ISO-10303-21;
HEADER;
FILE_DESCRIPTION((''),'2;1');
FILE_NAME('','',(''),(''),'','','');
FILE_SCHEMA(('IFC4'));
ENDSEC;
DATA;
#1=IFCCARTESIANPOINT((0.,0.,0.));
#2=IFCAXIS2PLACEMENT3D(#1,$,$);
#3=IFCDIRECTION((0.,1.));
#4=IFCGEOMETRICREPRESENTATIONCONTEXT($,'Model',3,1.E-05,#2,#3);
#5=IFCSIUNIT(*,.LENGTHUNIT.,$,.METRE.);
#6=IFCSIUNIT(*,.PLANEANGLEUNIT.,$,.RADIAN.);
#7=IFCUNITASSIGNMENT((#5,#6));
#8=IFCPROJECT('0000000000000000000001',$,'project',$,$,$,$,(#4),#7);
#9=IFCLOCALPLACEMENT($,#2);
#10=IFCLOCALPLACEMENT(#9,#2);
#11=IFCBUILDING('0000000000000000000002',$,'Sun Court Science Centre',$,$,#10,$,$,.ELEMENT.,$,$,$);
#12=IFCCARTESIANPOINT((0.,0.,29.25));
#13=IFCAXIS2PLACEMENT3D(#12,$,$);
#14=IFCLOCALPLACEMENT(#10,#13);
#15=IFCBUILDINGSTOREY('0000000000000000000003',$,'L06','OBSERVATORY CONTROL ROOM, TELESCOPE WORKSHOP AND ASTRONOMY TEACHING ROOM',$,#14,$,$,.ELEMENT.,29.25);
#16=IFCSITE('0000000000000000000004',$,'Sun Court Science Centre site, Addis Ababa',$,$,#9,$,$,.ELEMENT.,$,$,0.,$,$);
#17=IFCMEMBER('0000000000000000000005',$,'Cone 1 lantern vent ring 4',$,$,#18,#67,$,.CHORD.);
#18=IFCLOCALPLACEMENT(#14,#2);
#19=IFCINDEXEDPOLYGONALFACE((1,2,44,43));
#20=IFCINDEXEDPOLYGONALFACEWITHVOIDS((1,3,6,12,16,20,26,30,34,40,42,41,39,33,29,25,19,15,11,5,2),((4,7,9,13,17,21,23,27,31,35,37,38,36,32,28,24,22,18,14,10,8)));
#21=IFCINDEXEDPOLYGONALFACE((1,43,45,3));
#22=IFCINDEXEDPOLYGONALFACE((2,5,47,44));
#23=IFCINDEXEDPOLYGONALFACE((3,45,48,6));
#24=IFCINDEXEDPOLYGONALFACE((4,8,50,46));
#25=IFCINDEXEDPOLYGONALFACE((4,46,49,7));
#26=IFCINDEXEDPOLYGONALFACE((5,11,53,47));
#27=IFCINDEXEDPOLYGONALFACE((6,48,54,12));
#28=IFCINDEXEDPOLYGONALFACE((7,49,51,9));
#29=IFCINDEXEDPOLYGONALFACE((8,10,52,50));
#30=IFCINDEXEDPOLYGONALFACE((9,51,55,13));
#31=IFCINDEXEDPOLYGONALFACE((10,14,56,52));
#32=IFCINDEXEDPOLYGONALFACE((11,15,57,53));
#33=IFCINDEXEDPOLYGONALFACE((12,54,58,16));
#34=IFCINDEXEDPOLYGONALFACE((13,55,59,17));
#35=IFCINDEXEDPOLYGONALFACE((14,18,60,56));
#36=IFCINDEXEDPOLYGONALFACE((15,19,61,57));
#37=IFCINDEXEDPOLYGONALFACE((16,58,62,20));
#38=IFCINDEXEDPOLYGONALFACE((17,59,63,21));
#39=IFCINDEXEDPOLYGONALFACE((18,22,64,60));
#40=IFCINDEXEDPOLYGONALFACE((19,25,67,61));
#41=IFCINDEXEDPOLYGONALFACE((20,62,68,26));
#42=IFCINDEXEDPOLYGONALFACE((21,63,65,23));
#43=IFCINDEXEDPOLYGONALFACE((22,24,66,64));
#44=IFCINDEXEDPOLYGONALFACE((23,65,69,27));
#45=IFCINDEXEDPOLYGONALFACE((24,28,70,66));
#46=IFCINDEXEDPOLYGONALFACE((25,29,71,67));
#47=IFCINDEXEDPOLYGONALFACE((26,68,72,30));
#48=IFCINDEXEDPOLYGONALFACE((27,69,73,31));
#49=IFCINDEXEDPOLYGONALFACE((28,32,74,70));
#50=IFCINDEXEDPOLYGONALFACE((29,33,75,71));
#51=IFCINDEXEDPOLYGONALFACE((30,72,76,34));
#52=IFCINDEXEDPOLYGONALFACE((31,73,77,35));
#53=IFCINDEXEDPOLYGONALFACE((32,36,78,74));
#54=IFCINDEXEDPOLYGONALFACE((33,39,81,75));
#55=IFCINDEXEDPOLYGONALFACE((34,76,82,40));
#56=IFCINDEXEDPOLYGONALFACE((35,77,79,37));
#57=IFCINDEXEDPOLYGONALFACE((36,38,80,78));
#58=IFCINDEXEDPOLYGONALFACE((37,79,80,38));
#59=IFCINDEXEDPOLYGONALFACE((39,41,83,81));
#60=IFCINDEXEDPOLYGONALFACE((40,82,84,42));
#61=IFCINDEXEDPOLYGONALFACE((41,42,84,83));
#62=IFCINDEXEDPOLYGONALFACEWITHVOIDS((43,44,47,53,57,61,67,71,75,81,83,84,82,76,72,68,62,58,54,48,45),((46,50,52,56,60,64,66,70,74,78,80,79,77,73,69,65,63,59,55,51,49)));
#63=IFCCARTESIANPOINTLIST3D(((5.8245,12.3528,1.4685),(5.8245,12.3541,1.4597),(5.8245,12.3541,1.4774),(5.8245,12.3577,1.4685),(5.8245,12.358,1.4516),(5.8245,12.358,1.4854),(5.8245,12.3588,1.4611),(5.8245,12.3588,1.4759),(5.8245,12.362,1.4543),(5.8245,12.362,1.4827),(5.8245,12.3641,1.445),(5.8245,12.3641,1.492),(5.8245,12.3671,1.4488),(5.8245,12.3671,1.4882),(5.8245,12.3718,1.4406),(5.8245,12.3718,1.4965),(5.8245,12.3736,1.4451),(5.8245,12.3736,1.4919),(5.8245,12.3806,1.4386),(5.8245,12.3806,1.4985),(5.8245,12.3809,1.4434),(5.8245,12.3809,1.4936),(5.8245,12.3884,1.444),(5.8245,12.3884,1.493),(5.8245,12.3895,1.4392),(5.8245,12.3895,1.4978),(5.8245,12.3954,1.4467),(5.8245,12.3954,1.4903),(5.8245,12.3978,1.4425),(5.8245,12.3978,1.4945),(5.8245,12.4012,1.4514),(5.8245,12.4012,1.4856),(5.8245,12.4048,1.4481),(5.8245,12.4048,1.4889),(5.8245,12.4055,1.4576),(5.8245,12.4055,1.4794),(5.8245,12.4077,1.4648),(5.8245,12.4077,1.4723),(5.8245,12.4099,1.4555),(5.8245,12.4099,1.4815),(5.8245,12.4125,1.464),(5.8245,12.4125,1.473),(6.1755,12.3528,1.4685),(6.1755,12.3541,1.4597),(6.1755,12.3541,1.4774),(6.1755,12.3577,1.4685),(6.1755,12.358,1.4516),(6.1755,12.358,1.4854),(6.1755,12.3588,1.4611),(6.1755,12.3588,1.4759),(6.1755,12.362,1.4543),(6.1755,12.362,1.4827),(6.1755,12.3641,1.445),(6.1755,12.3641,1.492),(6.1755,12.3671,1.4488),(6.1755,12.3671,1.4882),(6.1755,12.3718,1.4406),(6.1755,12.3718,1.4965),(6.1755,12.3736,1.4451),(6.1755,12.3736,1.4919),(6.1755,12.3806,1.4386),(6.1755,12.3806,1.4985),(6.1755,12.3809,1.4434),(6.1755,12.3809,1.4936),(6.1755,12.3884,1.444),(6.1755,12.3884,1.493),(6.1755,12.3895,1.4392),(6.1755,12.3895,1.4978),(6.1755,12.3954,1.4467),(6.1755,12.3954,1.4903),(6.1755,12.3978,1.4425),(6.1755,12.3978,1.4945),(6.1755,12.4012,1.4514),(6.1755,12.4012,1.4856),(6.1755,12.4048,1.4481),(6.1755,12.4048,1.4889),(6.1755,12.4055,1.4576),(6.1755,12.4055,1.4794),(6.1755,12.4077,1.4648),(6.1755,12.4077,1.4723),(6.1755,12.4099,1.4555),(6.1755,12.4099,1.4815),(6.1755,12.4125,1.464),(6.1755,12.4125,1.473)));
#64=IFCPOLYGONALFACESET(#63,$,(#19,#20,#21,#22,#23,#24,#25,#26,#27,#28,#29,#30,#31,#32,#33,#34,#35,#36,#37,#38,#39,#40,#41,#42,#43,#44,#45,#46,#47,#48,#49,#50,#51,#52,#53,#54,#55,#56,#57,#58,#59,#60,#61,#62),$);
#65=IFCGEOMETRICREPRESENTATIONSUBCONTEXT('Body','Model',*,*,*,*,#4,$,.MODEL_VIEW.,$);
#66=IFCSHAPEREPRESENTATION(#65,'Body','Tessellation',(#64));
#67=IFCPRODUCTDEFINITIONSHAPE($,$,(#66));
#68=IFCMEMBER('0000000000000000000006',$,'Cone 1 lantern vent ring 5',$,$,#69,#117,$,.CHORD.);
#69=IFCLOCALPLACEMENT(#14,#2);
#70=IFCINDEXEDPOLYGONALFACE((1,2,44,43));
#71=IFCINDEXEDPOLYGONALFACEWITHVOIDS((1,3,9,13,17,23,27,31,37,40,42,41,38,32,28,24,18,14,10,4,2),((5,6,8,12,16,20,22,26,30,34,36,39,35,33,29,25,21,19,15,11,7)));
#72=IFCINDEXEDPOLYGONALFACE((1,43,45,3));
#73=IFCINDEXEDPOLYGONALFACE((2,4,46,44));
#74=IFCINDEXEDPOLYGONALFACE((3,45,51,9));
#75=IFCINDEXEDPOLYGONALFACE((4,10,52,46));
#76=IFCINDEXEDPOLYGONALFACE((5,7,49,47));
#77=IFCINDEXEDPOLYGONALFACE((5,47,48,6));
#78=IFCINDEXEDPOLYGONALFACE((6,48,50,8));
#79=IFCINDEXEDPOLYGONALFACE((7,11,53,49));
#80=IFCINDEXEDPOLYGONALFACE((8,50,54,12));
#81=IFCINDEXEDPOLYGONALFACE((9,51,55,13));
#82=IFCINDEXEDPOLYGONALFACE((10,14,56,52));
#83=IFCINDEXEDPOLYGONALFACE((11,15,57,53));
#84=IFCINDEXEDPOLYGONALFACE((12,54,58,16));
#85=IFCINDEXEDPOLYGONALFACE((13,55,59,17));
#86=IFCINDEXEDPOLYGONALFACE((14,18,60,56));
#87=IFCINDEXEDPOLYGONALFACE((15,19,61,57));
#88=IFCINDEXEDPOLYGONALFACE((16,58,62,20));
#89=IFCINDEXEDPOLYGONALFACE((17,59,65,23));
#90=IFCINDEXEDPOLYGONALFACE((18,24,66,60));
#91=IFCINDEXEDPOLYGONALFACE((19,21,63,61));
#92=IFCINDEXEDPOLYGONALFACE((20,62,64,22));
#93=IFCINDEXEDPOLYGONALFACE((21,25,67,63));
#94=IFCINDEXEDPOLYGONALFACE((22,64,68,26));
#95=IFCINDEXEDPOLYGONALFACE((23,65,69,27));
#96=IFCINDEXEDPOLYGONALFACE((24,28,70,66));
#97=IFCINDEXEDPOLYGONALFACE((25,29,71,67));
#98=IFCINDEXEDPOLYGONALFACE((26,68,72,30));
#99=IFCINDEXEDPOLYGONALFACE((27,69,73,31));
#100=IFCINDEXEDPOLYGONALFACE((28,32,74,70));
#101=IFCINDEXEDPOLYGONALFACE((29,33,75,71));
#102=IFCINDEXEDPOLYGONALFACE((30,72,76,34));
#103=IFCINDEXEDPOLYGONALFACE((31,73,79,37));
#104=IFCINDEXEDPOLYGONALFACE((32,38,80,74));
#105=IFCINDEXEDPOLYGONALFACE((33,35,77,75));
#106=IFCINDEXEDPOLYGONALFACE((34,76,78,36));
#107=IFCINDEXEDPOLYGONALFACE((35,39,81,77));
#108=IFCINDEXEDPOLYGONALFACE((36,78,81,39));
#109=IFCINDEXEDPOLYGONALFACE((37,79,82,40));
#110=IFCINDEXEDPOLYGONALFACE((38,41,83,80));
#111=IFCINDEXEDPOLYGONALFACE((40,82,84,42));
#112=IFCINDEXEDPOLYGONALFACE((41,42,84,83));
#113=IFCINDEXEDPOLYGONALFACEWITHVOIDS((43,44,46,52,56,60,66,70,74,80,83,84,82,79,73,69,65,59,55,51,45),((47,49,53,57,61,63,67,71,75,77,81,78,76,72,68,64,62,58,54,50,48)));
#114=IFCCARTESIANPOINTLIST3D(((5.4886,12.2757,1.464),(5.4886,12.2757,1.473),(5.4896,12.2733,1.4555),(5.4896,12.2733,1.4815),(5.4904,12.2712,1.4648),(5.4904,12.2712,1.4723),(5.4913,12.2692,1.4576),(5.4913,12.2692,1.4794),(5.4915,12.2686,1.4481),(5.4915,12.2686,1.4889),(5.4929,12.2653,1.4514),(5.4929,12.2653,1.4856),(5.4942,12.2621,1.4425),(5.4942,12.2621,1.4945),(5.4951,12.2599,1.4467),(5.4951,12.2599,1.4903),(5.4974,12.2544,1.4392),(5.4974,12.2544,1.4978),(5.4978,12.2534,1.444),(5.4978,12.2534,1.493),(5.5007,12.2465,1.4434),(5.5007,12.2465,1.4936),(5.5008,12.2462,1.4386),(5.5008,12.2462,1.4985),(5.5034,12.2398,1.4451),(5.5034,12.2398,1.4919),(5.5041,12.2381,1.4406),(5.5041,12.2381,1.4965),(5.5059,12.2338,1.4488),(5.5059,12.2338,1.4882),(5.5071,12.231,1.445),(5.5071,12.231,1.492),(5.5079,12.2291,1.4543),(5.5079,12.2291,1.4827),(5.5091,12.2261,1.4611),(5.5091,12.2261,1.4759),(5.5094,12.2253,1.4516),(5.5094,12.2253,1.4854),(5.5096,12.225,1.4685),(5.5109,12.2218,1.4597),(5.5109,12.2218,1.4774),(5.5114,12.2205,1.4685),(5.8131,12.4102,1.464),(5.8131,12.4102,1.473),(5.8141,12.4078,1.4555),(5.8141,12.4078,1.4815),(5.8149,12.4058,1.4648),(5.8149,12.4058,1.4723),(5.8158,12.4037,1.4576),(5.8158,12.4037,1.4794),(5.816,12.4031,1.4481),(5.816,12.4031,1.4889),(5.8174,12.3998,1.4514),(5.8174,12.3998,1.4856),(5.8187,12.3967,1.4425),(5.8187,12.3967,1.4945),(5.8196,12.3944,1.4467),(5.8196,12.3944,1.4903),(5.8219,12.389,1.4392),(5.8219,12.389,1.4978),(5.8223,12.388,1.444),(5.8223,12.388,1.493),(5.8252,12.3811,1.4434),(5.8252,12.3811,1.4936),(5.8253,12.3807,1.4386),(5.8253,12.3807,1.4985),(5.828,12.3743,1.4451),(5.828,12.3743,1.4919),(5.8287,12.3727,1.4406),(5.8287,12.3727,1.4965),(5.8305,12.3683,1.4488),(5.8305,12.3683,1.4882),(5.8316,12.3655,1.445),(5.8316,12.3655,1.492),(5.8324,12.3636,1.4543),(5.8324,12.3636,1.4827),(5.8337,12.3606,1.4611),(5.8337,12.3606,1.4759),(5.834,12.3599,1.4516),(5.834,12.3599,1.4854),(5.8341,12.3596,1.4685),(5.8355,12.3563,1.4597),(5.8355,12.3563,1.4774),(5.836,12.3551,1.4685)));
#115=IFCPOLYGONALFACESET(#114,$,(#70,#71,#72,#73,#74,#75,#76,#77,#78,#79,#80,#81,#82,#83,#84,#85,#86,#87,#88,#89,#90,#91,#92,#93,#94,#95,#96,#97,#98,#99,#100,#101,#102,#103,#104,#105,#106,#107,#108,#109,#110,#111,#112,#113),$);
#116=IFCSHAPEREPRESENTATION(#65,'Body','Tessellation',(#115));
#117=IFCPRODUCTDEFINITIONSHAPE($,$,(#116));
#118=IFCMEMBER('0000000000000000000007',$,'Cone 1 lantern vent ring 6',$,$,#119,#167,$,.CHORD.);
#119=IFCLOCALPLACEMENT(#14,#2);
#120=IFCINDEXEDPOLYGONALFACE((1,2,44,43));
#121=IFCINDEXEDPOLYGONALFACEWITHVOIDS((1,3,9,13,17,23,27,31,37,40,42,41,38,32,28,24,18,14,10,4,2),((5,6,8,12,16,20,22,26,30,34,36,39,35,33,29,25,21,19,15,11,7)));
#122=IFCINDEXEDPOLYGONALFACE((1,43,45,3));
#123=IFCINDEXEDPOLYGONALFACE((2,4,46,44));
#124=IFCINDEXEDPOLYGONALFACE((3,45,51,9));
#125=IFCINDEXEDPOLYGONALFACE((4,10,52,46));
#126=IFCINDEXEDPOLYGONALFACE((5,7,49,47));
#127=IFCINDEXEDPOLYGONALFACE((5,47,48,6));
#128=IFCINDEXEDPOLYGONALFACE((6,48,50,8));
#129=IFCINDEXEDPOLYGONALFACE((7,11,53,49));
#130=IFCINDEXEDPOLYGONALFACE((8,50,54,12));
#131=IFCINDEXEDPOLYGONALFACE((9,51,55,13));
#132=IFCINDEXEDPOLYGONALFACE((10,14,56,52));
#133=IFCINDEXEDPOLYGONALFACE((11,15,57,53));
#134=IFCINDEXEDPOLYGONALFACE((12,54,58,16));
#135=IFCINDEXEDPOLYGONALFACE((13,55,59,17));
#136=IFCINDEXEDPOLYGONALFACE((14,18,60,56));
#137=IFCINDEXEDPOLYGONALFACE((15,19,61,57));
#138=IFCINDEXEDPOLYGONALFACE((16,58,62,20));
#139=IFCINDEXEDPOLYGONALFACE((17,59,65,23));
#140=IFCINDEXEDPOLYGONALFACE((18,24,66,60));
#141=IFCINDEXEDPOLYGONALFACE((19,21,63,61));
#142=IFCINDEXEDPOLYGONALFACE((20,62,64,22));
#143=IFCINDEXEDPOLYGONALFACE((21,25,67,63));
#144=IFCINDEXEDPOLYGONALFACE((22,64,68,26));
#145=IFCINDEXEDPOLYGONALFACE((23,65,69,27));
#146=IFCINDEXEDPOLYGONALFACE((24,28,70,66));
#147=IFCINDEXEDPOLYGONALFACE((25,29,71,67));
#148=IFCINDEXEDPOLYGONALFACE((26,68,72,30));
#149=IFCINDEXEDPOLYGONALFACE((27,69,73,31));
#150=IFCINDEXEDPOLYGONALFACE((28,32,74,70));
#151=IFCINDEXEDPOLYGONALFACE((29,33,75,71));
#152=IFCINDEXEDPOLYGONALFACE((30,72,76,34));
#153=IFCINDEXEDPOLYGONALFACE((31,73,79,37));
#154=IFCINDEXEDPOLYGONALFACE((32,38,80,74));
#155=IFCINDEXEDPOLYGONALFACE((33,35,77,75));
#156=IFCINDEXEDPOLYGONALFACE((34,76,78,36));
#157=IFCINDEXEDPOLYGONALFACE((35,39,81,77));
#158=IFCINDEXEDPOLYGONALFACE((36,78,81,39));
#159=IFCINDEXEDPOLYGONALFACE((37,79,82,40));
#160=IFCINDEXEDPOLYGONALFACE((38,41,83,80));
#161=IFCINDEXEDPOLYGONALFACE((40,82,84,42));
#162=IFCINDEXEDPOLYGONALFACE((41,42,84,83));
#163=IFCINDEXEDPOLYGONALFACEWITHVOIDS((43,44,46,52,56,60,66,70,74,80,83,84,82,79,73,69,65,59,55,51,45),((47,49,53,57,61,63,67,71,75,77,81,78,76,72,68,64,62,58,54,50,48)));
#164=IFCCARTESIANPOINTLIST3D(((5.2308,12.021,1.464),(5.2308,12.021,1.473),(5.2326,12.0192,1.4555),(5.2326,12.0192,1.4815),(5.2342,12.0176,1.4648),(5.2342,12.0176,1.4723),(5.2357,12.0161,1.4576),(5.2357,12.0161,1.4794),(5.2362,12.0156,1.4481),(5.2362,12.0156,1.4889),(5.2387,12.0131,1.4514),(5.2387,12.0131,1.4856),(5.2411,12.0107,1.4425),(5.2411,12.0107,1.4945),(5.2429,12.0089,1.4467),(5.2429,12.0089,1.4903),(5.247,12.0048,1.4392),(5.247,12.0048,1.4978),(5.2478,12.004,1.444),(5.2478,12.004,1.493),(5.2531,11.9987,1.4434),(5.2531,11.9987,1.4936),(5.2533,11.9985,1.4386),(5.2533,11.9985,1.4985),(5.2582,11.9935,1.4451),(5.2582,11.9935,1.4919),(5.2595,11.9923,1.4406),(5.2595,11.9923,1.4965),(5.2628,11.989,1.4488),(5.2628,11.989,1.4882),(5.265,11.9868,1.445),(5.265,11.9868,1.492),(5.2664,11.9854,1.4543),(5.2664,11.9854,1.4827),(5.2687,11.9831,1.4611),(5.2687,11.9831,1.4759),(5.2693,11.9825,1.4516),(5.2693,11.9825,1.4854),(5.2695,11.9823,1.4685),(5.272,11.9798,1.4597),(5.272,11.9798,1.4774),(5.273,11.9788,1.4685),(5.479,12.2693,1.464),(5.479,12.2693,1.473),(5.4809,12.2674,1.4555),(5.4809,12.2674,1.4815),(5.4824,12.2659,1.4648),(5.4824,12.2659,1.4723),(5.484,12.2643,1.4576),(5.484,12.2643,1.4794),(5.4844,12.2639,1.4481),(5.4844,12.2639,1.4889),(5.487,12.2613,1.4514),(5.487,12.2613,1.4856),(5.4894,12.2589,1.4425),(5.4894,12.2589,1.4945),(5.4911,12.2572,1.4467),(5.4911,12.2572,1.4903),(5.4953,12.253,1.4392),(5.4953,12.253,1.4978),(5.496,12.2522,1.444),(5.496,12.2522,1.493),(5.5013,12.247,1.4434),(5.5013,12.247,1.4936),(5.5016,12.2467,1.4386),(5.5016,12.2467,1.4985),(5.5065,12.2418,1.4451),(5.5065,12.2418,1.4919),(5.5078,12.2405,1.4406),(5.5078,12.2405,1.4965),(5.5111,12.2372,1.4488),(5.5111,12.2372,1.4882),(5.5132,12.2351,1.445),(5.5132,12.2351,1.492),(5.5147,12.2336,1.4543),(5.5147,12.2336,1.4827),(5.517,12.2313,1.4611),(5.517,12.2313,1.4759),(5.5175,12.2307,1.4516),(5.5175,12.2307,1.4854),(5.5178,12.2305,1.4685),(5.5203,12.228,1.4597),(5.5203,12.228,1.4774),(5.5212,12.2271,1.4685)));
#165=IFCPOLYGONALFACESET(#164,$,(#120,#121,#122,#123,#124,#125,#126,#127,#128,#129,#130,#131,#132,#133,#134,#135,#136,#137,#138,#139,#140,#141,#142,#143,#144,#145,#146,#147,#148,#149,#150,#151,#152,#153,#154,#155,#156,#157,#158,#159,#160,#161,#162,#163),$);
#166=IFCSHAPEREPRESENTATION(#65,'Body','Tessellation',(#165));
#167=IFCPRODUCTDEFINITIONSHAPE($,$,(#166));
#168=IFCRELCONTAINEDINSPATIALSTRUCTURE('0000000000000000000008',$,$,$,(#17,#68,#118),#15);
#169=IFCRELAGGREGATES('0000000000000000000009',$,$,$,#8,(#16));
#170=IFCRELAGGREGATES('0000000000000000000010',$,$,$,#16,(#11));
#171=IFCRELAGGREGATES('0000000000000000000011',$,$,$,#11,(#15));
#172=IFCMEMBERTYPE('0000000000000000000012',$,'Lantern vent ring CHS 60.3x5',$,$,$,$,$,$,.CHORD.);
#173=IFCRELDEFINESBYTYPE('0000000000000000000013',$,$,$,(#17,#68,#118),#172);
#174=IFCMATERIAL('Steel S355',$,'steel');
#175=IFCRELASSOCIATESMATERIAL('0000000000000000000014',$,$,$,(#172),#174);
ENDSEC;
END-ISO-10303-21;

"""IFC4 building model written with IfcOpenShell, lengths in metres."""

from ifc_helpers import new_model, si_unit, direction, frame, origin, origin_2d, place, context, subcontext, project, spatial, hollow_circle, extrude, material, material_profile, profile_set, type_object, element, save


model = new_model("IFC4")

# Units and contexts
model_context = context("Model", 3, precision=1e-05, world=origin(), true_north=direction((0.0, 1.0)))
body_context = subcontext(model_context, "Body", "Model", "MODEL_VIEW")
ifc_project = project(units=[si_unit("LENGTHUNIT", "METRE"), si_unit("PLANEANGLEUNIT", "RADIAN")], contexts=[model_context])

# Site, building, storey
site_placement = place(None, origin())
site = spatial("IfcSite", under=ifc_project, at=site_placement, Name="Sun Court Science Centre site, Addis Ababa", CompositionType="ELEMENT", RefElevation=0.0)
building_placement = place(site_placement, origin())
building = spatial("IfcBuilding", under=site, at=building_placement, Name="Sun Court Science Centre", CompositionType="ELEMENT")
storey_placement = place(building_placement, frame((0.0, 0.0, 29.25)))
storey = spatial("IfcBuildingStorey", under=building, at=storey_placement, Name="L06", Description="OBSERVATORY CONTROL ROOM, TELESCOPE WORKSHOP AND ASTRONOMY TEACHING ROOM", CompositionType="ELEMENT", Elevation=29.25)

# Members
ifc_material_1 = material(Name="Steel S355", Category="steel")
ifc_material_profile_1 = material_profile(ifc_material_1, hollow_circle(Radius=0.03, WallThickness=0.0049, at=origin_2d()), Name="CHS 60.3x5")
ifc_profile_set_1 = profile_set([ifc_material_profile_1], Name="Steel S355")
member_type_1 = type_object("IfcMemberType", Name="Lantern vent ring CHS 60.3x5", PredefinedType="CHORD", material=ifc_profile_set_1)
member_1_placement = place(storey_placement, frame((6.1755, 12.3828, 1.4685), z_axis=(-1.0, 0.0, 0.0), x_axis=(0.0, -1.0, 0.0)))
element("IfcMember", 1, at=member_1_placement, inside=storey, type_object=member_type_1, Name="Cone 1 lantern vent ring 4", PredefinedType="CHORD", context=body_context, shape_type="SweptSolid", body=[
    extrude(hollow_circle(Radius=0.03, WallThickness=0.0049, at=origin_2d()), origin(), (0.0, 0.0, 1.0), 0.3511),
])
member_2_placement = place(storey_placement, frame((5.8245, 12.3828, 1.4685), z_axis=(-0.923754, -0.382986, 0.0), x_axis=(0.382986, -0.923754, 0.0)))
element("IfcMember", 2, at=member_2_placement, inside=storey, type_object=member_type_1, Name="Cone 1 lantern vent ring 5", PredefinedType="CHORD", context=body_context, shape_type="SweptSolid", body=[
    extrude(hollow_circle(Radius=0.03, WallThickness=0.0049, at=origin_2d()), origin(), (0.0, 0.0, 1.0), 0.3513),
])
member_3_placement = place(storey_placement, frame((5.5, 12.2483, 1.4685), z_axis=(-0.707107, -0.707107, 0.0), x_axis=(0.707107, -0.707107, 0.0)))
element("IfcMember", 3, at=member_3_placement, inside=storey, type_object=member_type_1, Name="Cone 1 lantern vent ring 6", PredefinedType="CHORD", context=body_context, shape_type="SweptSolid", body=[
    extrude(hollow_circle(Radius=0.03, WallThickness=0.0049, at=origin_2d()), origin(), (0.0, 0.0, 1.0), 0.3511),
])

save(model, "model.ifc")
